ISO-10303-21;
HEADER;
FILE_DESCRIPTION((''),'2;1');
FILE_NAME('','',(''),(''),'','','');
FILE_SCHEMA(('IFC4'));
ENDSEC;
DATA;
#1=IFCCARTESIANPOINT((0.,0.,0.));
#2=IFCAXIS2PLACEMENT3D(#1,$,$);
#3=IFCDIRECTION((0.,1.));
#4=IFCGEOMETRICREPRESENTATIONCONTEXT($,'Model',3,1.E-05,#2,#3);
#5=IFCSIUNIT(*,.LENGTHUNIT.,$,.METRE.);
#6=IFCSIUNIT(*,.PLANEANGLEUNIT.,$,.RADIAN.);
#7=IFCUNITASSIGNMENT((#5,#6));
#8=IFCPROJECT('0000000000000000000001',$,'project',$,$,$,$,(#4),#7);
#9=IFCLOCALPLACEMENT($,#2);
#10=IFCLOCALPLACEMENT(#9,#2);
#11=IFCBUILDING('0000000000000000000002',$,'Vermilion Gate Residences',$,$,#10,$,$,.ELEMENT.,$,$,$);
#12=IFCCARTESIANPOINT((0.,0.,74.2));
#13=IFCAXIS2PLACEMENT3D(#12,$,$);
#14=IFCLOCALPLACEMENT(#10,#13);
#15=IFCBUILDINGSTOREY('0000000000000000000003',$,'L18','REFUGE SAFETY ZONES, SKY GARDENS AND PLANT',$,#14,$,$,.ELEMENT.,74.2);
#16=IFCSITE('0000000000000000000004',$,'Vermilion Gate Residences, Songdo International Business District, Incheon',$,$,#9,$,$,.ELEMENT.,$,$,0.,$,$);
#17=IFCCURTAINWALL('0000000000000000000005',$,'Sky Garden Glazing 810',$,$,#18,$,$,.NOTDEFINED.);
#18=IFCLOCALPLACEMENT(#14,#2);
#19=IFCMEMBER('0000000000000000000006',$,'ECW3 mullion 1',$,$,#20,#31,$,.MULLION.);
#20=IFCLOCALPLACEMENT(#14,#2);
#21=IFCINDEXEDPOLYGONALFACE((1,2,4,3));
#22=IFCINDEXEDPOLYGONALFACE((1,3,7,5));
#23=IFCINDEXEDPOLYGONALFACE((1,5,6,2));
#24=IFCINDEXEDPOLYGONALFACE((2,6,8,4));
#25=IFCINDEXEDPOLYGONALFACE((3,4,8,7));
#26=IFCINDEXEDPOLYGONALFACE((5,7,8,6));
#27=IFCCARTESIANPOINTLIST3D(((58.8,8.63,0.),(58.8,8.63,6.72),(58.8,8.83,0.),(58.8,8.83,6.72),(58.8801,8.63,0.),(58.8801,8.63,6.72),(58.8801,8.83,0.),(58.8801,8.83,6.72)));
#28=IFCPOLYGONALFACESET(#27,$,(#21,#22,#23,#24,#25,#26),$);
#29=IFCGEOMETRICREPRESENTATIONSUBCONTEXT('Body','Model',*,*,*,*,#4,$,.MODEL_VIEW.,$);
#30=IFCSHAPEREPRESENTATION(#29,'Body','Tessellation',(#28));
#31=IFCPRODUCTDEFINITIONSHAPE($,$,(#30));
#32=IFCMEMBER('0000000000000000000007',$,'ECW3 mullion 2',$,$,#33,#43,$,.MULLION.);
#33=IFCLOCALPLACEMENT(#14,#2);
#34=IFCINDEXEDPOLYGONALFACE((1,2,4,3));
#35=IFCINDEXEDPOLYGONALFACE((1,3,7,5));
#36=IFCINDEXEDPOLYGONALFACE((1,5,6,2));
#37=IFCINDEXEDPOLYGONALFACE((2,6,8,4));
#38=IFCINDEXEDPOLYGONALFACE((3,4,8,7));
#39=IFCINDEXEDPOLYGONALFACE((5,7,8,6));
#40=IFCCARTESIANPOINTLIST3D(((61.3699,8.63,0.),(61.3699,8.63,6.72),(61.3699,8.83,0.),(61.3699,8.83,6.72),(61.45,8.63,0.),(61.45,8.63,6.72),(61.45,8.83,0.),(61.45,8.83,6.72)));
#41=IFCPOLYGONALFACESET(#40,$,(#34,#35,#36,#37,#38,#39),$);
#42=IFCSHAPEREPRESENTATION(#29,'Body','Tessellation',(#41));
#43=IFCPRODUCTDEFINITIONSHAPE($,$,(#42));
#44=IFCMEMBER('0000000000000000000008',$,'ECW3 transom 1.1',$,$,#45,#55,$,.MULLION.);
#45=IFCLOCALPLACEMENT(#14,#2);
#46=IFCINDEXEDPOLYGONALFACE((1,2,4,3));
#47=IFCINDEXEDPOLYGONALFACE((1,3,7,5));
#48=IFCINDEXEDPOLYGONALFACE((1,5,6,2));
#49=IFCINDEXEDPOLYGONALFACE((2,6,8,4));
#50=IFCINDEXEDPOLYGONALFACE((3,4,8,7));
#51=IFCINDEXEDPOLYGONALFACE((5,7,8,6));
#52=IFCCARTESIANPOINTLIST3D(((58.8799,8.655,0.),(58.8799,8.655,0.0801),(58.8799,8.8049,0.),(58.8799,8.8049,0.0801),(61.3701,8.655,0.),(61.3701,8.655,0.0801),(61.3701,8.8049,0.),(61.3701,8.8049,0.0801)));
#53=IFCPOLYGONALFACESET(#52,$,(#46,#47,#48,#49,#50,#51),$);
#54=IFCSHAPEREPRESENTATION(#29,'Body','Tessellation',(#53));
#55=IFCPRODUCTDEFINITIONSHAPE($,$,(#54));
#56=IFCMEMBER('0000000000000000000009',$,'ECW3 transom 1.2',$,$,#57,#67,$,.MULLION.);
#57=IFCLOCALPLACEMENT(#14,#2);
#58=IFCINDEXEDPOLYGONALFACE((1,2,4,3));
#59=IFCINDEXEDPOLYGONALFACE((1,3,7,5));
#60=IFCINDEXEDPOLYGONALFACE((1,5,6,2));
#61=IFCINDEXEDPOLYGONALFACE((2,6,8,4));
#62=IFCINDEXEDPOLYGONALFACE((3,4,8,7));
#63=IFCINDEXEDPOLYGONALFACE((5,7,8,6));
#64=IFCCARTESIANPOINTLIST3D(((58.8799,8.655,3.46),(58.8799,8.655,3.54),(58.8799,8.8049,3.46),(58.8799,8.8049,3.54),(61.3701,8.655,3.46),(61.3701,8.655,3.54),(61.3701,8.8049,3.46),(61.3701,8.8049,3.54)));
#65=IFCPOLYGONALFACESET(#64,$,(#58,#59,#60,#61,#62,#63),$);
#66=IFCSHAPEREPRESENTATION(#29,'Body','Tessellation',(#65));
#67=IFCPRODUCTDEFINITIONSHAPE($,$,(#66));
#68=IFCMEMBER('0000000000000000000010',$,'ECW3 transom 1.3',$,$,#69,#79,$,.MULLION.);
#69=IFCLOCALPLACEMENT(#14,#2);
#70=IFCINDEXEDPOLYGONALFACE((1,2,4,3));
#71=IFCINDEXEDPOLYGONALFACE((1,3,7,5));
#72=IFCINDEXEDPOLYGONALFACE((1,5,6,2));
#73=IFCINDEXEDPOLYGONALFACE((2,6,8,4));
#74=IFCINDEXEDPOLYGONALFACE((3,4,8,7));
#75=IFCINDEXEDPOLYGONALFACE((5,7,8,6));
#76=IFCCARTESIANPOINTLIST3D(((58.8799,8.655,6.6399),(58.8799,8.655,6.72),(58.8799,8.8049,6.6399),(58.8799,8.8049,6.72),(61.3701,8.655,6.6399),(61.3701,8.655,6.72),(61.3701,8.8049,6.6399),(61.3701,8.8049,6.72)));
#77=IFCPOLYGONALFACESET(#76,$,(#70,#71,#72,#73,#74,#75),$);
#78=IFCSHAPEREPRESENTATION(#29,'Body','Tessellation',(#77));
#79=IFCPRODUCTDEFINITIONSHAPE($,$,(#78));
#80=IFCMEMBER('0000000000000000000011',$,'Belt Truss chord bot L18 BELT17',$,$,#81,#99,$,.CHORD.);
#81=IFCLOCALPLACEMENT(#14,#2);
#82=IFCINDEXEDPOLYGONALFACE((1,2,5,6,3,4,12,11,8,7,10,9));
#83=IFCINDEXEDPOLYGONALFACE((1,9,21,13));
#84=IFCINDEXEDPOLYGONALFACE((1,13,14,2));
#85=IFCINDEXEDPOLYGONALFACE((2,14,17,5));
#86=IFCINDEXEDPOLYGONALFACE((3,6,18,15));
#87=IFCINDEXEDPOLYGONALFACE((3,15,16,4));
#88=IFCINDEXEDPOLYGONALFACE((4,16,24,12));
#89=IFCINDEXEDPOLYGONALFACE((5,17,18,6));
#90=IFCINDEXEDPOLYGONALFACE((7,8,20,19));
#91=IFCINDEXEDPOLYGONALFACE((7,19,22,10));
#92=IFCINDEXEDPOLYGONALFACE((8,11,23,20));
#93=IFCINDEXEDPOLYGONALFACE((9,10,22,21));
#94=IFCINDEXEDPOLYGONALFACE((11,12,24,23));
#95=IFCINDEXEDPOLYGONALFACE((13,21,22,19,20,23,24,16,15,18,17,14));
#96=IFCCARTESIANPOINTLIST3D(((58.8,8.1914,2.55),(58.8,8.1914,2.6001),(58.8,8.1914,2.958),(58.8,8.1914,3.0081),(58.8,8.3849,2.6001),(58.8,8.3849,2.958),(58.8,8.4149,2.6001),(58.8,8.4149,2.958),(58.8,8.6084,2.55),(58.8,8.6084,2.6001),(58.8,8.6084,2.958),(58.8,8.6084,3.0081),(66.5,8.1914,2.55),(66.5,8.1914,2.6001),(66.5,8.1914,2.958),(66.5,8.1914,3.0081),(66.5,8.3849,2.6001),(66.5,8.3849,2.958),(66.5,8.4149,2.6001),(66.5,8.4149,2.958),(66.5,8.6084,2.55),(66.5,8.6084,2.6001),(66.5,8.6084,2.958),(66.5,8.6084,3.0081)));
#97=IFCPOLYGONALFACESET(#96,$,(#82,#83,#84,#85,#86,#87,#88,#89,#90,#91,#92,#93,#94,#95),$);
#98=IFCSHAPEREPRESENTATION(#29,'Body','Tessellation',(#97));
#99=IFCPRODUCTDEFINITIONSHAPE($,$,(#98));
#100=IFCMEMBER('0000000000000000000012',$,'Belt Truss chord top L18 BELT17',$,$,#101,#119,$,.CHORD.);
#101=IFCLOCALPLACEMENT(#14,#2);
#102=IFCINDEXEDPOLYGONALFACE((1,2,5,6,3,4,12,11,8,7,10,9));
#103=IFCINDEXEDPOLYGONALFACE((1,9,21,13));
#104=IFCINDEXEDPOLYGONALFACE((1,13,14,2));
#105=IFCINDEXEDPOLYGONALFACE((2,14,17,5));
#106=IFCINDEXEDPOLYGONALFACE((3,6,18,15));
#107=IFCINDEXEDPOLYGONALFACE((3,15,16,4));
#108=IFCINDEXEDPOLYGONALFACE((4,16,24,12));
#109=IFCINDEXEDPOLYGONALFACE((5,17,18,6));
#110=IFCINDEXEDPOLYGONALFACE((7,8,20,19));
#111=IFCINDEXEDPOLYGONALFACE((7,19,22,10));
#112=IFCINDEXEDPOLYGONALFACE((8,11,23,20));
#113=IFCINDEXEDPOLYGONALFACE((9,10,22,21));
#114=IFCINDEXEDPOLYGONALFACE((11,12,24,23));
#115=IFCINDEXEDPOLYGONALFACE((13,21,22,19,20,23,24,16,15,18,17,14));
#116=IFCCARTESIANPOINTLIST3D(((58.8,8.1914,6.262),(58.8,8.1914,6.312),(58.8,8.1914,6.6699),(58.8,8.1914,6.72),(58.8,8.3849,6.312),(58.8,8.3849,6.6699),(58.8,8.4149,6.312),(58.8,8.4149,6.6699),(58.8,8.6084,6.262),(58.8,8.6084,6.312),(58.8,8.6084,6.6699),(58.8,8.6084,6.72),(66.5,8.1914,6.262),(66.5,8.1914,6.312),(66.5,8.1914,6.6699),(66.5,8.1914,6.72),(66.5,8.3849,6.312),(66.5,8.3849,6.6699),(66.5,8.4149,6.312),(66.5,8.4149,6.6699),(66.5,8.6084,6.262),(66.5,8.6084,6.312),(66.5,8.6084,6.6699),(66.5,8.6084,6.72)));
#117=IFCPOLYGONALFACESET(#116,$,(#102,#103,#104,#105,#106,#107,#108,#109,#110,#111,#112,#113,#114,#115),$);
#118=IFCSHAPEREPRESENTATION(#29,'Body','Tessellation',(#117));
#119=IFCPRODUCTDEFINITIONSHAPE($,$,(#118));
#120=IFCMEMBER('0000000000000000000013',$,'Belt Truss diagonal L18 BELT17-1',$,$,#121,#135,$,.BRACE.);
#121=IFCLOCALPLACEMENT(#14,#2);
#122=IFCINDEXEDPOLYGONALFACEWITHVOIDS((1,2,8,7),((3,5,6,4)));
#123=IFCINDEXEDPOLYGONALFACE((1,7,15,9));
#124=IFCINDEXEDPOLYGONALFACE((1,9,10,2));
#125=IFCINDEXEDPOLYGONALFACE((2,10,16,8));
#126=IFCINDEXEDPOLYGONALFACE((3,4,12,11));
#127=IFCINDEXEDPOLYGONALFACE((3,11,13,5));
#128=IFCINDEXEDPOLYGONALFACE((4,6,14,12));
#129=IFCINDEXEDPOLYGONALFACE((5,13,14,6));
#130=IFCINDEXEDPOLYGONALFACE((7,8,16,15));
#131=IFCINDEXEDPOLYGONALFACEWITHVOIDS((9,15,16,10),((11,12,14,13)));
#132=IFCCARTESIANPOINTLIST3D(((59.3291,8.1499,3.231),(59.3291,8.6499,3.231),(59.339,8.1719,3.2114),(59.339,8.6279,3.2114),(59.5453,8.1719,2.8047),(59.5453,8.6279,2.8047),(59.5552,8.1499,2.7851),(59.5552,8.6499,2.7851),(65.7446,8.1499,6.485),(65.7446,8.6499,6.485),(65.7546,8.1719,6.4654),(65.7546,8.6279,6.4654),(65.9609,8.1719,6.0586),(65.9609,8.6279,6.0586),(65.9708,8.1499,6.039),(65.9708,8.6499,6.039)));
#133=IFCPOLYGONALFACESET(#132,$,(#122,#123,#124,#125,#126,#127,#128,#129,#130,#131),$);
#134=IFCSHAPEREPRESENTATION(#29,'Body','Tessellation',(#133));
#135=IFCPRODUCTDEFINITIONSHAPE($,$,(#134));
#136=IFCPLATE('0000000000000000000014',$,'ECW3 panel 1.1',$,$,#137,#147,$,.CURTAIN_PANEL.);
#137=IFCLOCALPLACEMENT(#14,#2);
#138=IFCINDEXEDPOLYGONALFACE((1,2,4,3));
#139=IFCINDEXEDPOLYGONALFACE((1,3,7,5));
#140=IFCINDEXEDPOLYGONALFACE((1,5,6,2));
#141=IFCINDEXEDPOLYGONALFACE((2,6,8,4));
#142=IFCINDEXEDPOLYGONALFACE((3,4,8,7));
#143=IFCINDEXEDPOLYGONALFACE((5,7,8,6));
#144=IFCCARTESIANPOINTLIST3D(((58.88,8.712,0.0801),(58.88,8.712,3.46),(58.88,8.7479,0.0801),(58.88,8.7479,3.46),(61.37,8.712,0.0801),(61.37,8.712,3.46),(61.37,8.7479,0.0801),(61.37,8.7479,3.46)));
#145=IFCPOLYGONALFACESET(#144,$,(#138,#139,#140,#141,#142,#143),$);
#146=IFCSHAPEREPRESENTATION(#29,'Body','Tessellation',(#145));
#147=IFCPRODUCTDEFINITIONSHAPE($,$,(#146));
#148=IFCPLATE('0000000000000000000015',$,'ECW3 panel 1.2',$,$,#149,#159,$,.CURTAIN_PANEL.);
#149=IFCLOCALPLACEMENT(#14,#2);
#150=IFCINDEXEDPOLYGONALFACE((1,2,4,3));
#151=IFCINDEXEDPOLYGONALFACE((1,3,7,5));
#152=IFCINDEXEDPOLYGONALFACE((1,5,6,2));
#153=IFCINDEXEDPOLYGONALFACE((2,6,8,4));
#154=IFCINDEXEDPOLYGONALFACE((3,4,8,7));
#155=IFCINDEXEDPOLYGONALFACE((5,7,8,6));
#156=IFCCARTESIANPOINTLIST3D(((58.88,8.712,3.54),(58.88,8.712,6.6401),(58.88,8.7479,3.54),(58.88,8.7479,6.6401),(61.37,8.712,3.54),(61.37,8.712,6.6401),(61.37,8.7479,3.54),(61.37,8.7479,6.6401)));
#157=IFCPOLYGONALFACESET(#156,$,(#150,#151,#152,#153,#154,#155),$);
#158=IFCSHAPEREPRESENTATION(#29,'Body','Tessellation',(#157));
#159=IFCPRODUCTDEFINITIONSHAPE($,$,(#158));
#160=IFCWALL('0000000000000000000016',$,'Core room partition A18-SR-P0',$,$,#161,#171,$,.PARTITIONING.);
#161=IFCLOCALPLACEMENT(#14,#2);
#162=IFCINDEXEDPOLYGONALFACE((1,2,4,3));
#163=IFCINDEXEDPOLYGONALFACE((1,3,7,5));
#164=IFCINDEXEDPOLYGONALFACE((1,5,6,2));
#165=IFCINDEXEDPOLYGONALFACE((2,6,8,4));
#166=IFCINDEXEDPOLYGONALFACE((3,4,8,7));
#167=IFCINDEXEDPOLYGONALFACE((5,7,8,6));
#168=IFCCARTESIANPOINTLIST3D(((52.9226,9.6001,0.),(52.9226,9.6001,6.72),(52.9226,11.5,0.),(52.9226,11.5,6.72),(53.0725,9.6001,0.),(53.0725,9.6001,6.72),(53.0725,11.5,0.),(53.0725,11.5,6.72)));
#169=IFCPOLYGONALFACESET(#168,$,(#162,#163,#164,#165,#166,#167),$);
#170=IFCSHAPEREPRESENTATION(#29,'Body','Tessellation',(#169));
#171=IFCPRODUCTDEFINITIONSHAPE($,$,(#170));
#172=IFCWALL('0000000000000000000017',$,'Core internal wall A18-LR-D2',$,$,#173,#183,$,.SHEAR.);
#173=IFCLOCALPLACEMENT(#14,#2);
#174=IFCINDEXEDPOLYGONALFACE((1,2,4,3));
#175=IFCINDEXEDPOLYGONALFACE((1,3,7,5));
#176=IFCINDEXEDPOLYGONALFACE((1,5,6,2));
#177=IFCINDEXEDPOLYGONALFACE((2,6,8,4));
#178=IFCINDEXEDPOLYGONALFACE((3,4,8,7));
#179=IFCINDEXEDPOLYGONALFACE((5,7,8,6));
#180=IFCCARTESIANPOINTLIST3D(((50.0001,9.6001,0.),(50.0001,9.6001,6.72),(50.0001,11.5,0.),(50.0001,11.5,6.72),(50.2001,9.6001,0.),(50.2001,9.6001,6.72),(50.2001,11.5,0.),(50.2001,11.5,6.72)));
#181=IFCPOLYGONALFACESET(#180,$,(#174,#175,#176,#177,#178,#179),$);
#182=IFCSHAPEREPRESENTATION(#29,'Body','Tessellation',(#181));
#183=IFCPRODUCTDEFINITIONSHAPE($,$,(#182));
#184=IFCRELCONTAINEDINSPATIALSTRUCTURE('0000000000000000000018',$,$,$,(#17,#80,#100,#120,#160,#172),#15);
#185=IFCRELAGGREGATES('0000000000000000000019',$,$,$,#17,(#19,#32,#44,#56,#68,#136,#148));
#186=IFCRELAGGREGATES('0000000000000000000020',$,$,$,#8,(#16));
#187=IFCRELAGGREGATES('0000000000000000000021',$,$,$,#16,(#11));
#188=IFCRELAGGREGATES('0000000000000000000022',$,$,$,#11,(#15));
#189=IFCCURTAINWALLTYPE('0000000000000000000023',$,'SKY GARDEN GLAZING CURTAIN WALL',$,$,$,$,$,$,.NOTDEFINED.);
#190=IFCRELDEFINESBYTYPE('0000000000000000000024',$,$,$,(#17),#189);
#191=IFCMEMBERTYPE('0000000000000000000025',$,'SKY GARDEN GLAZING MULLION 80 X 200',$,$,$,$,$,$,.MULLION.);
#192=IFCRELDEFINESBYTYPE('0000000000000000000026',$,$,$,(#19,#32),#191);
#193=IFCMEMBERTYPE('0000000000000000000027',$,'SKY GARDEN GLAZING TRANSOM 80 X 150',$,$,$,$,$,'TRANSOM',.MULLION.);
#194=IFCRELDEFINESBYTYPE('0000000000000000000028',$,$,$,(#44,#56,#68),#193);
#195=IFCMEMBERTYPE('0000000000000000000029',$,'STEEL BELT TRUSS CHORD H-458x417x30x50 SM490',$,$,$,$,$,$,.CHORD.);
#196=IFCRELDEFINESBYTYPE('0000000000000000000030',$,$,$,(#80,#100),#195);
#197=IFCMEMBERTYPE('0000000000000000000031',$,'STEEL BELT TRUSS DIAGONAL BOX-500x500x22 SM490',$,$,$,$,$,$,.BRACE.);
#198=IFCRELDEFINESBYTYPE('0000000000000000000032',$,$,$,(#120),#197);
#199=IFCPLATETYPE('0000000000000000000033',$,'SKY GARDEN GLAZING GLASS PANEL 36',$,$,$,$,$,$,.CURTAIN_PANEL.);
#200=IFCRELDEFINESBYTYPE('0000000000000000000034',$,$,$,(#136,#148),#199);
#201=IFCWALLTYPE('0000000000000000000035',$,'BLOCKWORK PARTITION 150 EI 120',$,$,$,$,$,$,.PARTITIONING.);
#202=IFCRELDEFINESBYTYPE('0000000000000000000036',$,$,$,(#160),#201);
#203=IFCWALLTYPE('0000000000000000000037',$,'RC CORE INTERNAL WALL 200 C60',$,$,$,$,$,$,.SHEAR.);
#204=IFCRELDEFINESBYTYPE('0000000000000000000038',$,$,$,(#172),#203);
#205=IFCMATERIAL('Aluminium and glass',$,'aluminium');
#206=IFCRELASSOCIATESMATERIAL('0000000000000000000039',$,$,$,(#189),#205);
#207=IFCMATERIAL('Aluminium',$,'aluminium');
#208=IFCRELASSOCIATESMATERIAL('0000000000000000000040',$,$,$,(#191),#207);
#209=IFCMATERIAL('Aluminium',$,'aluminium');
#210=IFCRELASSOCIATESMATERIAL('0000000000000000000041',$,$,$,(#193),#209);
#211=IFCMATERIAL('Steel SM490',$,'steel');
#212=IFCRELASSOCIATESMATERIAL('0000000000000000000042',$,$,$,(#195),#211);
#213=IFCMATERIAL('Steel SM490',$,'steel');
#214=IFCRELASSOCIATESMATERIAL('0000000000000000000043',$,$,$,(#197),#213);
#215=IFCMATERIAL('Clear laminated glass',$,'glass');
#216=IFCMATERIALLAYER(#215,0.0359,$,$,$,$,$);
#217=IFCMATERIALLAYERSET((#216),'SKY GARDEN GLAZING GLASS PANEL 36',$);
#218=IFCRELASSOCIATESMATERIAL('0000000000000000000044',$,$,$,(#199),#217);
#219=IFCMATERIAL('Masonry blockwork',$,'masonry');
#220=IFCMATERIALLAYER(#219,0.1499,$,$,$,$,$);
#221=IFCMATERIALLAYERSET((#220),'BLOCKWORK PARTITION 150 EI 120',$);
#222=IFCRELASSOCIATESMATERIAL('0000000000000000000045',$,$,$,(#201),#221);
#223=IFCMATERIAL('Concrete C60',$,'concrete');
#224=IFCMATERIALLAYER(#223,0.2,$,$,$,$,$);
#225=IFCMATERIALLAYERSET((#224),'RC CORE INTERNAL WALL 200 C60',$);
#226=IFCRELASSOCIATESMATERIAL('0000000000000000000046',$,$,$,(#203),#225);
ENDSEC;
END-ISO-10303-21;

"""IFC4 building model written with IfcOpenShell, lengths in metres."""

from ifc_helpers import new_model, si_unit, direction, frame, frame_2d, origin, origin_2d, place, context, subcontext, project, spatial, rectangle, hollow_rectangle, i_section, extrude, material, layer, layer_set, material_profile, profile_set, type_object, element, aggregate, save


model = new_model("IFC4")

# Units and contexts
model_context = context("Model", 3, precision=1e-05, world=origin(), true_north=direction((0.0, 1.0)))
body_context = subcontext(model_context, "Body", "Model", "MODEL_VIEW")
ifc_project = project(units=[si_unit("LENGTHUNIT", "METRE"), si_unit("PLANEANGLEUNIT", "RADIAN")], contexts=[model_context])

# Site, building, storey
site_placement = place(None, origin())
site = spatial("IfcSite", under=ifc_project, at=site_placement, Name="Vermilion Gate Residences, Songdo International Business District, Incheon", CompositionType="ELEMENT", RefElevation=0.0)
building_placement = place(site_placement, origin())
building = spatial("IfcBuilding", under=site, at=building_placement, Name="Vermilion Gate Residences", CompositionType="ELEMENT")
storey_placement = place(building_placement, frame((0.0, 0.0, 74.2)))
storey = spatial("IfcBuildingStorey", under=building, at=storey_placement, Name="L18", Description="REFUGE SAFETY ZONES, SKY GARDENS AND PLANT", CompositionType="ELEMENT", Elevation=74.2)

# Curtain wall, members
ifc_material_1 = material(Name="Aluminium and glass", Category="aluminium")
curtain_wall_type = type_object("IfcCurtainWallType", Name="SKY GARDEN GLAZING CURTAIN WALL", PredefinedType="NOTDEFINED", material=ifc_material_1)
curtain_wall_placement = place(storey_placement, origin())
curtain_wall = element("IfcCurtainWall", 1, at=curtain_wall_placement, inside=storey, type_object=curtain_wall_type, Name="Sky Garden Glazing 810", PredefinedType="NOTDEFINED")
ifc_material_2 = material(Name="Aluminium", Category="aluminium")
ifc_material_profile_1 = material_profile(ifc_material_2, rectangle(XDim=0.2, YDim=0.0801, at=origin_2d()), Name="MULLION 80 X 200")
ifc_profile_set_1 = profile_set([ifc_material_profile_1], Name="Aluminium")
member_type_1 = type_object("IfcMemberType", Name="SKY GARDEN GLAZING MULLION 80 X 200", PredefinedType="MULLION", material=ifc_profile_set_1)
member_1_placement = place(storey_placement, frame((58.8401, 8.73, 0.0), z_axis=(0.0, 0.0, 1.0), x_axis=(0.0, 1.0, 0.0)))
member_1 = element("IfcMember", 2, at=member_1_placement, type_object=member_type_1, Name="ECW3 mullion 1", PredefinedType="MULLION", context=body_context, shape_type="SweptSolid", body=[
    extrude(rectangle(XDim=0.2, YDim=0.0801, at=origin_2d()), origin(), (0.0, 0.0, 1.0), 6.72),
])
member_2_placement = place(storey_placement, frame((61.4099, 8.73, 0.0), z_axis=(0.0, 0.0, 1.0), x_axis=(0.0, 1.0, 0.0)))
member_2 = element("IfcMember", 3, at=member_2_placement, type_object=member_type_1, Name="ECW3 mullion 2", PredefinedType="MULLION", context=body_context, shape_type="SweptSolid", body=[
    extrude(rectangle(XDim=0.2, YDim=0.0801, at=origin_2d()), origin(), (0.0, 0.0, 1.0), 6.72),
])
ifc_material_3 = material(Name="Aluminium", Category="aluminium")
ifc_material_profile_2 = material_profile(ifc_material_3, rectangle(XDim=0.1499, YDim=0.0801, at=origin_2d()), Name="TRANSOM 80 X 150")
ifc_profile_set_2 = profile_set([ifc_material_profile_2], Name="Aluminium")
member_type_2 = type_object("IfcMemberType", Name="SKY GARDEN GLAZING TRANSOM 80 X 150", ElementType="TRANSOM", PredefinedType="MULLION", material=ifc_profile_set_2)
member_3_placement = place(storey_placement, frame((58.8799, 8.73, 0.04), z_axis=(1.0, 0.0, 0.0), x_axis=(0.0, 1.0, 0.0)))
member_3 = element("IfcMember", 4, at=member_3_placement, type_object=member_type_2, Name="ECW3 transom 1.1", PredefinedType="MULLION", context=body_context, shape_type="SweptSolid", body=[
    extrude(rectangle(XDim=0.1499, YDim=0.0801, at=origin_2d()), origin(), (0.0, 0.0, 1.0), 2.4902),
])
member_4_placement = place(storey_placement, frame((58.8799, 8.73, 3.5), z_axis=(1.0, 0.0, 0.0), x_axis=(0.0, 1.0, 0.0)))
member_4 = element("IfcMember", 5, at=member_4_placement, type_object=member_type_2, Name="ECW3 transom 1.2", PredefinedType="MULLION", context=body_context, shape_type="SweptSolid", body=[
    extrude(rectangle(XDim=0.1499, YDim=0.0801, at=origin_2d()), origin(), (0.0, 0.0, 1.0), 2.4902),
])
member_5_placement = place(storey_placement, frame((58.8799, 8.73, 6.6799), z_axis=(1.0, 0.0, 0.0), x_axis=(0.0, 1.0, 0.0)))
member_5 = element("IfcMember", 6, at=member_5_placement, type_object=member_type_2, Name="ECW3 transom 1.3", PredefinedType="MULLION", context=body_context, shape_type="SweptSolid", body=[
    extrude(rectangle(XDim=0.1499, YDim=0.0801, at=origin_2d()), origin(), (0.0, 0.0, 1.0), 2.4902),
])

# Members
ifc_material_4 = material(Name="Steel SM490", Category="steel")
ifc_material_profile_3 = material_profile(ifc_material_4, i_section(OverallWidth=0.417, OverallDepth=0.458, WebThickness=0.03, FlangeThickness=0.05, at=origin_2d()), Name="H-458x417x30x50")
ifc_profile_set_3 = profile_set([ifc_material_profile_3], Name="Steel SM490")
member_type_3 = type_object("IfcMemberType", Name="STEEL BELT TRUSS CHORD H-458x417x30x50 SM490", PredefinedType="CHORD", material=ifc_profile_set_3)
for number, where, z_axis, x_axis, name in (
    (7, (58.8, 8.3999, 2.7791), (1.0, 0.0, 0.0), (0.0, 1.0, 0.0), "Belt Truss chord bot L18 BELT17"),
    (8, (58.8, 8.3999, 6.491), (1.0, 0.0, 0.0), (0.0, 1.0, 0.0), "Belt Truss chord top L18 BELT17"),
):
    element("IfcMember", number, at=place(storey_placement, frame(where, z_axis=z_axis, x_axis=x_axis)), inside=storey, type_object=member_type_3, Name=name, PredefinedType="CHORD", context=body_context, shape_type="SweptSolid", body=[
        extrude(i_section(OverallWidth=0.417, OverallDepth=0.458, WebThickness=0.03, FlangeThickness=0.05, at=origin_2d()), origin(), (0.0, 0.0, 1.0), 7.7),
    ])
ifc_material_5 = material(Name="Steel SM490", Category="steel")
ifc_material_profile_4 = material_profile(ifc_material_5, hollow_rectangle(XDim=0.5, YDim=0.5, WallThickness=0.022, at=origin_2d()), Name="BOX-500x500x22")
ifc_profile_set_4 = profile_set([ifc_material_profile_4], Name="Steel SM490")
member_type_4 = type_object("IfcMemberType", Name="STEEL BELT TRUSS DIAGONAL BOX-500x500x22 SM490", PredefinedType="BRACE", material=ifc_profile_set_4)
member_6_placement = place(storey_placement, frame((59.4421, 8.3999, 3.0081), z_axis=(0.891847, 0.0, 0.452338), x_axis=(0.0, 1.0, 0.0)))
element("IfcMember", 9, at=member_6_placement, inside=storey, type_object=member_type_4, Name="Belt Truss diagonal L18 BELT17-1", PredefinedType="BRACE", context=body_context, shape_type="SweptSolid", body=[
    extrude(hollow_rectangle(XDim=0.5, YDim=0.5, WallThickness=0.022, at=origin_2d()), origin(), (0.0, 0.0, 1.0), 7.1936),
])

# Plates
ifc_material_6 = material(Name="Clear laminated glass", Category="glass")
ifc_layer_1 = layer(ifc_material_6, 0.0359)
ifc_layer_set_1 = layer_set([ifc_layer_1], Name="SKY GARDEN GLAZING GLASS PANEL 36")
plate_type = type_object("IfcPlateType", Name="SKY GARDEN GLAZING GLASS PANEL 36", PredefinedType="CURTAIN_PANEL", material=ifc_layer_set_1)
plate_1_placement = place(storey_placement, frame((60.125, 8.73, 0.0801), z_axis=(0.0, 0.0, 1.0), x_axis=(1.0, 0.0, 0.0)))
plate_1 = element("IfcPlate", 10, at=plate_1_placement, type_object=plate_type, Name="ECW3 panel 1.1", PredefinedType="CURTAIN_PANEL", context=body_context, shape_type="SweptSolid", body=[
    extrude(rectangle(XDim=2.49, YDim=0.0359, at=origin_2d()), origin(), (0.0, 0.0, 1.0), 3.3799),
])
plate_2_placement = place(storey_placement, frame((60.125, 8.73, 3.54), z_axis=(0.0, 0.0, 1.0), x_axis=(1.0, 0.0, 0.0)))
plate_2 = element("IfcPlate", 11, at=plate_2_placement, type_object=plate_type, Name="ECW3 panel 1.2", PredefinedType="CURTAIN_PANEL", context=body_context, shape_type="SweptSolid", body=[
    extrude(rectangle(XDim=2.49, YDim=0.0359, at=origin_2d()), origin(), (0.0, 0.0, 1.0), 3.1001),
])
aggregate(curtain_wall, [member_1, member_2, member_3, member_4, member_5, plate_1, plate_2])

# Wall
ifc_material_7 = material(Name="Masonry blockwork", Category="masonry")
ifc_layer_2 = layer(ifc_material_7, 0.1499)
ifc_layer_set_2 = layer_set([ifc_layer_2], Name="BLOCKWORK PARTITION 150 EI 120")
wall_type_1 = type_object("IfcWallType", Name="BLOCKWORK PARTITION 150 EI 120", PredefinedType="PARTITIONING", material=ifc_layer_set_2)
wall_1_placement = place(storey_placement, frame((52.9976, 9.6001, 0.0), z_axis=(0.0, 0.0, 1.0), x_axis=(0.0, 1.0, 0.0)))
element("IfcWall", 12, at=wall_1_placement, inside=storey, type_object=wall_type_1, Name="Core room partition A18-SR-P0", PredefinedType="PARTITIONING", context=body_context, shape_type="SweptSolid", body=[
    extrude(rectangle(XDim=1.8999, YDim=0.1499, at=frame_2d((0.95, 0.0))), origin(), (0.0, 0.0, 1.0), 6.72),
])

# Wall
ifc_material_8 = material(Name="Concrete C60", Category="concrete")
ifc_layer_3 = layer(ifc_material_8, 0.2)
ifc_layer_set_3 = layer_set([ifc_layer_3], Name="RC CORE INTERNAL WALL 200 C60")
wall_type_2 = type_object("IfcWallType", Name="RC CORE INTERNAL WALL 200 C60", PredefinedType="SHEAR", material=ifc_layer_set_3)
for number, where, z_axis, x_axis, name in (
    (13, (50.1001, 9.6001, 0.0), (0.0, 0.0, 1.0), (0.0, 1.0, 0.0), "Core internal wall A18-LR-D2"),
):
    element("IfcWall", number, at=place(storey_placement, frame(where, z_axis=z_axis, x_axis=x_axis)), inside=storey, type_object=wall_type_2, Name=name, PredefinedType="SHEAR", context=body_context, shape_type="SweptSolid", body=[
        extrude(rectangle(XDim=1.8999, YDim=0.2, at=frame_2d((0.95, 0.0))), origin(), (0.0, 0.0, 1.0), 6.72),
    ])

save(model, "model.ifc")
